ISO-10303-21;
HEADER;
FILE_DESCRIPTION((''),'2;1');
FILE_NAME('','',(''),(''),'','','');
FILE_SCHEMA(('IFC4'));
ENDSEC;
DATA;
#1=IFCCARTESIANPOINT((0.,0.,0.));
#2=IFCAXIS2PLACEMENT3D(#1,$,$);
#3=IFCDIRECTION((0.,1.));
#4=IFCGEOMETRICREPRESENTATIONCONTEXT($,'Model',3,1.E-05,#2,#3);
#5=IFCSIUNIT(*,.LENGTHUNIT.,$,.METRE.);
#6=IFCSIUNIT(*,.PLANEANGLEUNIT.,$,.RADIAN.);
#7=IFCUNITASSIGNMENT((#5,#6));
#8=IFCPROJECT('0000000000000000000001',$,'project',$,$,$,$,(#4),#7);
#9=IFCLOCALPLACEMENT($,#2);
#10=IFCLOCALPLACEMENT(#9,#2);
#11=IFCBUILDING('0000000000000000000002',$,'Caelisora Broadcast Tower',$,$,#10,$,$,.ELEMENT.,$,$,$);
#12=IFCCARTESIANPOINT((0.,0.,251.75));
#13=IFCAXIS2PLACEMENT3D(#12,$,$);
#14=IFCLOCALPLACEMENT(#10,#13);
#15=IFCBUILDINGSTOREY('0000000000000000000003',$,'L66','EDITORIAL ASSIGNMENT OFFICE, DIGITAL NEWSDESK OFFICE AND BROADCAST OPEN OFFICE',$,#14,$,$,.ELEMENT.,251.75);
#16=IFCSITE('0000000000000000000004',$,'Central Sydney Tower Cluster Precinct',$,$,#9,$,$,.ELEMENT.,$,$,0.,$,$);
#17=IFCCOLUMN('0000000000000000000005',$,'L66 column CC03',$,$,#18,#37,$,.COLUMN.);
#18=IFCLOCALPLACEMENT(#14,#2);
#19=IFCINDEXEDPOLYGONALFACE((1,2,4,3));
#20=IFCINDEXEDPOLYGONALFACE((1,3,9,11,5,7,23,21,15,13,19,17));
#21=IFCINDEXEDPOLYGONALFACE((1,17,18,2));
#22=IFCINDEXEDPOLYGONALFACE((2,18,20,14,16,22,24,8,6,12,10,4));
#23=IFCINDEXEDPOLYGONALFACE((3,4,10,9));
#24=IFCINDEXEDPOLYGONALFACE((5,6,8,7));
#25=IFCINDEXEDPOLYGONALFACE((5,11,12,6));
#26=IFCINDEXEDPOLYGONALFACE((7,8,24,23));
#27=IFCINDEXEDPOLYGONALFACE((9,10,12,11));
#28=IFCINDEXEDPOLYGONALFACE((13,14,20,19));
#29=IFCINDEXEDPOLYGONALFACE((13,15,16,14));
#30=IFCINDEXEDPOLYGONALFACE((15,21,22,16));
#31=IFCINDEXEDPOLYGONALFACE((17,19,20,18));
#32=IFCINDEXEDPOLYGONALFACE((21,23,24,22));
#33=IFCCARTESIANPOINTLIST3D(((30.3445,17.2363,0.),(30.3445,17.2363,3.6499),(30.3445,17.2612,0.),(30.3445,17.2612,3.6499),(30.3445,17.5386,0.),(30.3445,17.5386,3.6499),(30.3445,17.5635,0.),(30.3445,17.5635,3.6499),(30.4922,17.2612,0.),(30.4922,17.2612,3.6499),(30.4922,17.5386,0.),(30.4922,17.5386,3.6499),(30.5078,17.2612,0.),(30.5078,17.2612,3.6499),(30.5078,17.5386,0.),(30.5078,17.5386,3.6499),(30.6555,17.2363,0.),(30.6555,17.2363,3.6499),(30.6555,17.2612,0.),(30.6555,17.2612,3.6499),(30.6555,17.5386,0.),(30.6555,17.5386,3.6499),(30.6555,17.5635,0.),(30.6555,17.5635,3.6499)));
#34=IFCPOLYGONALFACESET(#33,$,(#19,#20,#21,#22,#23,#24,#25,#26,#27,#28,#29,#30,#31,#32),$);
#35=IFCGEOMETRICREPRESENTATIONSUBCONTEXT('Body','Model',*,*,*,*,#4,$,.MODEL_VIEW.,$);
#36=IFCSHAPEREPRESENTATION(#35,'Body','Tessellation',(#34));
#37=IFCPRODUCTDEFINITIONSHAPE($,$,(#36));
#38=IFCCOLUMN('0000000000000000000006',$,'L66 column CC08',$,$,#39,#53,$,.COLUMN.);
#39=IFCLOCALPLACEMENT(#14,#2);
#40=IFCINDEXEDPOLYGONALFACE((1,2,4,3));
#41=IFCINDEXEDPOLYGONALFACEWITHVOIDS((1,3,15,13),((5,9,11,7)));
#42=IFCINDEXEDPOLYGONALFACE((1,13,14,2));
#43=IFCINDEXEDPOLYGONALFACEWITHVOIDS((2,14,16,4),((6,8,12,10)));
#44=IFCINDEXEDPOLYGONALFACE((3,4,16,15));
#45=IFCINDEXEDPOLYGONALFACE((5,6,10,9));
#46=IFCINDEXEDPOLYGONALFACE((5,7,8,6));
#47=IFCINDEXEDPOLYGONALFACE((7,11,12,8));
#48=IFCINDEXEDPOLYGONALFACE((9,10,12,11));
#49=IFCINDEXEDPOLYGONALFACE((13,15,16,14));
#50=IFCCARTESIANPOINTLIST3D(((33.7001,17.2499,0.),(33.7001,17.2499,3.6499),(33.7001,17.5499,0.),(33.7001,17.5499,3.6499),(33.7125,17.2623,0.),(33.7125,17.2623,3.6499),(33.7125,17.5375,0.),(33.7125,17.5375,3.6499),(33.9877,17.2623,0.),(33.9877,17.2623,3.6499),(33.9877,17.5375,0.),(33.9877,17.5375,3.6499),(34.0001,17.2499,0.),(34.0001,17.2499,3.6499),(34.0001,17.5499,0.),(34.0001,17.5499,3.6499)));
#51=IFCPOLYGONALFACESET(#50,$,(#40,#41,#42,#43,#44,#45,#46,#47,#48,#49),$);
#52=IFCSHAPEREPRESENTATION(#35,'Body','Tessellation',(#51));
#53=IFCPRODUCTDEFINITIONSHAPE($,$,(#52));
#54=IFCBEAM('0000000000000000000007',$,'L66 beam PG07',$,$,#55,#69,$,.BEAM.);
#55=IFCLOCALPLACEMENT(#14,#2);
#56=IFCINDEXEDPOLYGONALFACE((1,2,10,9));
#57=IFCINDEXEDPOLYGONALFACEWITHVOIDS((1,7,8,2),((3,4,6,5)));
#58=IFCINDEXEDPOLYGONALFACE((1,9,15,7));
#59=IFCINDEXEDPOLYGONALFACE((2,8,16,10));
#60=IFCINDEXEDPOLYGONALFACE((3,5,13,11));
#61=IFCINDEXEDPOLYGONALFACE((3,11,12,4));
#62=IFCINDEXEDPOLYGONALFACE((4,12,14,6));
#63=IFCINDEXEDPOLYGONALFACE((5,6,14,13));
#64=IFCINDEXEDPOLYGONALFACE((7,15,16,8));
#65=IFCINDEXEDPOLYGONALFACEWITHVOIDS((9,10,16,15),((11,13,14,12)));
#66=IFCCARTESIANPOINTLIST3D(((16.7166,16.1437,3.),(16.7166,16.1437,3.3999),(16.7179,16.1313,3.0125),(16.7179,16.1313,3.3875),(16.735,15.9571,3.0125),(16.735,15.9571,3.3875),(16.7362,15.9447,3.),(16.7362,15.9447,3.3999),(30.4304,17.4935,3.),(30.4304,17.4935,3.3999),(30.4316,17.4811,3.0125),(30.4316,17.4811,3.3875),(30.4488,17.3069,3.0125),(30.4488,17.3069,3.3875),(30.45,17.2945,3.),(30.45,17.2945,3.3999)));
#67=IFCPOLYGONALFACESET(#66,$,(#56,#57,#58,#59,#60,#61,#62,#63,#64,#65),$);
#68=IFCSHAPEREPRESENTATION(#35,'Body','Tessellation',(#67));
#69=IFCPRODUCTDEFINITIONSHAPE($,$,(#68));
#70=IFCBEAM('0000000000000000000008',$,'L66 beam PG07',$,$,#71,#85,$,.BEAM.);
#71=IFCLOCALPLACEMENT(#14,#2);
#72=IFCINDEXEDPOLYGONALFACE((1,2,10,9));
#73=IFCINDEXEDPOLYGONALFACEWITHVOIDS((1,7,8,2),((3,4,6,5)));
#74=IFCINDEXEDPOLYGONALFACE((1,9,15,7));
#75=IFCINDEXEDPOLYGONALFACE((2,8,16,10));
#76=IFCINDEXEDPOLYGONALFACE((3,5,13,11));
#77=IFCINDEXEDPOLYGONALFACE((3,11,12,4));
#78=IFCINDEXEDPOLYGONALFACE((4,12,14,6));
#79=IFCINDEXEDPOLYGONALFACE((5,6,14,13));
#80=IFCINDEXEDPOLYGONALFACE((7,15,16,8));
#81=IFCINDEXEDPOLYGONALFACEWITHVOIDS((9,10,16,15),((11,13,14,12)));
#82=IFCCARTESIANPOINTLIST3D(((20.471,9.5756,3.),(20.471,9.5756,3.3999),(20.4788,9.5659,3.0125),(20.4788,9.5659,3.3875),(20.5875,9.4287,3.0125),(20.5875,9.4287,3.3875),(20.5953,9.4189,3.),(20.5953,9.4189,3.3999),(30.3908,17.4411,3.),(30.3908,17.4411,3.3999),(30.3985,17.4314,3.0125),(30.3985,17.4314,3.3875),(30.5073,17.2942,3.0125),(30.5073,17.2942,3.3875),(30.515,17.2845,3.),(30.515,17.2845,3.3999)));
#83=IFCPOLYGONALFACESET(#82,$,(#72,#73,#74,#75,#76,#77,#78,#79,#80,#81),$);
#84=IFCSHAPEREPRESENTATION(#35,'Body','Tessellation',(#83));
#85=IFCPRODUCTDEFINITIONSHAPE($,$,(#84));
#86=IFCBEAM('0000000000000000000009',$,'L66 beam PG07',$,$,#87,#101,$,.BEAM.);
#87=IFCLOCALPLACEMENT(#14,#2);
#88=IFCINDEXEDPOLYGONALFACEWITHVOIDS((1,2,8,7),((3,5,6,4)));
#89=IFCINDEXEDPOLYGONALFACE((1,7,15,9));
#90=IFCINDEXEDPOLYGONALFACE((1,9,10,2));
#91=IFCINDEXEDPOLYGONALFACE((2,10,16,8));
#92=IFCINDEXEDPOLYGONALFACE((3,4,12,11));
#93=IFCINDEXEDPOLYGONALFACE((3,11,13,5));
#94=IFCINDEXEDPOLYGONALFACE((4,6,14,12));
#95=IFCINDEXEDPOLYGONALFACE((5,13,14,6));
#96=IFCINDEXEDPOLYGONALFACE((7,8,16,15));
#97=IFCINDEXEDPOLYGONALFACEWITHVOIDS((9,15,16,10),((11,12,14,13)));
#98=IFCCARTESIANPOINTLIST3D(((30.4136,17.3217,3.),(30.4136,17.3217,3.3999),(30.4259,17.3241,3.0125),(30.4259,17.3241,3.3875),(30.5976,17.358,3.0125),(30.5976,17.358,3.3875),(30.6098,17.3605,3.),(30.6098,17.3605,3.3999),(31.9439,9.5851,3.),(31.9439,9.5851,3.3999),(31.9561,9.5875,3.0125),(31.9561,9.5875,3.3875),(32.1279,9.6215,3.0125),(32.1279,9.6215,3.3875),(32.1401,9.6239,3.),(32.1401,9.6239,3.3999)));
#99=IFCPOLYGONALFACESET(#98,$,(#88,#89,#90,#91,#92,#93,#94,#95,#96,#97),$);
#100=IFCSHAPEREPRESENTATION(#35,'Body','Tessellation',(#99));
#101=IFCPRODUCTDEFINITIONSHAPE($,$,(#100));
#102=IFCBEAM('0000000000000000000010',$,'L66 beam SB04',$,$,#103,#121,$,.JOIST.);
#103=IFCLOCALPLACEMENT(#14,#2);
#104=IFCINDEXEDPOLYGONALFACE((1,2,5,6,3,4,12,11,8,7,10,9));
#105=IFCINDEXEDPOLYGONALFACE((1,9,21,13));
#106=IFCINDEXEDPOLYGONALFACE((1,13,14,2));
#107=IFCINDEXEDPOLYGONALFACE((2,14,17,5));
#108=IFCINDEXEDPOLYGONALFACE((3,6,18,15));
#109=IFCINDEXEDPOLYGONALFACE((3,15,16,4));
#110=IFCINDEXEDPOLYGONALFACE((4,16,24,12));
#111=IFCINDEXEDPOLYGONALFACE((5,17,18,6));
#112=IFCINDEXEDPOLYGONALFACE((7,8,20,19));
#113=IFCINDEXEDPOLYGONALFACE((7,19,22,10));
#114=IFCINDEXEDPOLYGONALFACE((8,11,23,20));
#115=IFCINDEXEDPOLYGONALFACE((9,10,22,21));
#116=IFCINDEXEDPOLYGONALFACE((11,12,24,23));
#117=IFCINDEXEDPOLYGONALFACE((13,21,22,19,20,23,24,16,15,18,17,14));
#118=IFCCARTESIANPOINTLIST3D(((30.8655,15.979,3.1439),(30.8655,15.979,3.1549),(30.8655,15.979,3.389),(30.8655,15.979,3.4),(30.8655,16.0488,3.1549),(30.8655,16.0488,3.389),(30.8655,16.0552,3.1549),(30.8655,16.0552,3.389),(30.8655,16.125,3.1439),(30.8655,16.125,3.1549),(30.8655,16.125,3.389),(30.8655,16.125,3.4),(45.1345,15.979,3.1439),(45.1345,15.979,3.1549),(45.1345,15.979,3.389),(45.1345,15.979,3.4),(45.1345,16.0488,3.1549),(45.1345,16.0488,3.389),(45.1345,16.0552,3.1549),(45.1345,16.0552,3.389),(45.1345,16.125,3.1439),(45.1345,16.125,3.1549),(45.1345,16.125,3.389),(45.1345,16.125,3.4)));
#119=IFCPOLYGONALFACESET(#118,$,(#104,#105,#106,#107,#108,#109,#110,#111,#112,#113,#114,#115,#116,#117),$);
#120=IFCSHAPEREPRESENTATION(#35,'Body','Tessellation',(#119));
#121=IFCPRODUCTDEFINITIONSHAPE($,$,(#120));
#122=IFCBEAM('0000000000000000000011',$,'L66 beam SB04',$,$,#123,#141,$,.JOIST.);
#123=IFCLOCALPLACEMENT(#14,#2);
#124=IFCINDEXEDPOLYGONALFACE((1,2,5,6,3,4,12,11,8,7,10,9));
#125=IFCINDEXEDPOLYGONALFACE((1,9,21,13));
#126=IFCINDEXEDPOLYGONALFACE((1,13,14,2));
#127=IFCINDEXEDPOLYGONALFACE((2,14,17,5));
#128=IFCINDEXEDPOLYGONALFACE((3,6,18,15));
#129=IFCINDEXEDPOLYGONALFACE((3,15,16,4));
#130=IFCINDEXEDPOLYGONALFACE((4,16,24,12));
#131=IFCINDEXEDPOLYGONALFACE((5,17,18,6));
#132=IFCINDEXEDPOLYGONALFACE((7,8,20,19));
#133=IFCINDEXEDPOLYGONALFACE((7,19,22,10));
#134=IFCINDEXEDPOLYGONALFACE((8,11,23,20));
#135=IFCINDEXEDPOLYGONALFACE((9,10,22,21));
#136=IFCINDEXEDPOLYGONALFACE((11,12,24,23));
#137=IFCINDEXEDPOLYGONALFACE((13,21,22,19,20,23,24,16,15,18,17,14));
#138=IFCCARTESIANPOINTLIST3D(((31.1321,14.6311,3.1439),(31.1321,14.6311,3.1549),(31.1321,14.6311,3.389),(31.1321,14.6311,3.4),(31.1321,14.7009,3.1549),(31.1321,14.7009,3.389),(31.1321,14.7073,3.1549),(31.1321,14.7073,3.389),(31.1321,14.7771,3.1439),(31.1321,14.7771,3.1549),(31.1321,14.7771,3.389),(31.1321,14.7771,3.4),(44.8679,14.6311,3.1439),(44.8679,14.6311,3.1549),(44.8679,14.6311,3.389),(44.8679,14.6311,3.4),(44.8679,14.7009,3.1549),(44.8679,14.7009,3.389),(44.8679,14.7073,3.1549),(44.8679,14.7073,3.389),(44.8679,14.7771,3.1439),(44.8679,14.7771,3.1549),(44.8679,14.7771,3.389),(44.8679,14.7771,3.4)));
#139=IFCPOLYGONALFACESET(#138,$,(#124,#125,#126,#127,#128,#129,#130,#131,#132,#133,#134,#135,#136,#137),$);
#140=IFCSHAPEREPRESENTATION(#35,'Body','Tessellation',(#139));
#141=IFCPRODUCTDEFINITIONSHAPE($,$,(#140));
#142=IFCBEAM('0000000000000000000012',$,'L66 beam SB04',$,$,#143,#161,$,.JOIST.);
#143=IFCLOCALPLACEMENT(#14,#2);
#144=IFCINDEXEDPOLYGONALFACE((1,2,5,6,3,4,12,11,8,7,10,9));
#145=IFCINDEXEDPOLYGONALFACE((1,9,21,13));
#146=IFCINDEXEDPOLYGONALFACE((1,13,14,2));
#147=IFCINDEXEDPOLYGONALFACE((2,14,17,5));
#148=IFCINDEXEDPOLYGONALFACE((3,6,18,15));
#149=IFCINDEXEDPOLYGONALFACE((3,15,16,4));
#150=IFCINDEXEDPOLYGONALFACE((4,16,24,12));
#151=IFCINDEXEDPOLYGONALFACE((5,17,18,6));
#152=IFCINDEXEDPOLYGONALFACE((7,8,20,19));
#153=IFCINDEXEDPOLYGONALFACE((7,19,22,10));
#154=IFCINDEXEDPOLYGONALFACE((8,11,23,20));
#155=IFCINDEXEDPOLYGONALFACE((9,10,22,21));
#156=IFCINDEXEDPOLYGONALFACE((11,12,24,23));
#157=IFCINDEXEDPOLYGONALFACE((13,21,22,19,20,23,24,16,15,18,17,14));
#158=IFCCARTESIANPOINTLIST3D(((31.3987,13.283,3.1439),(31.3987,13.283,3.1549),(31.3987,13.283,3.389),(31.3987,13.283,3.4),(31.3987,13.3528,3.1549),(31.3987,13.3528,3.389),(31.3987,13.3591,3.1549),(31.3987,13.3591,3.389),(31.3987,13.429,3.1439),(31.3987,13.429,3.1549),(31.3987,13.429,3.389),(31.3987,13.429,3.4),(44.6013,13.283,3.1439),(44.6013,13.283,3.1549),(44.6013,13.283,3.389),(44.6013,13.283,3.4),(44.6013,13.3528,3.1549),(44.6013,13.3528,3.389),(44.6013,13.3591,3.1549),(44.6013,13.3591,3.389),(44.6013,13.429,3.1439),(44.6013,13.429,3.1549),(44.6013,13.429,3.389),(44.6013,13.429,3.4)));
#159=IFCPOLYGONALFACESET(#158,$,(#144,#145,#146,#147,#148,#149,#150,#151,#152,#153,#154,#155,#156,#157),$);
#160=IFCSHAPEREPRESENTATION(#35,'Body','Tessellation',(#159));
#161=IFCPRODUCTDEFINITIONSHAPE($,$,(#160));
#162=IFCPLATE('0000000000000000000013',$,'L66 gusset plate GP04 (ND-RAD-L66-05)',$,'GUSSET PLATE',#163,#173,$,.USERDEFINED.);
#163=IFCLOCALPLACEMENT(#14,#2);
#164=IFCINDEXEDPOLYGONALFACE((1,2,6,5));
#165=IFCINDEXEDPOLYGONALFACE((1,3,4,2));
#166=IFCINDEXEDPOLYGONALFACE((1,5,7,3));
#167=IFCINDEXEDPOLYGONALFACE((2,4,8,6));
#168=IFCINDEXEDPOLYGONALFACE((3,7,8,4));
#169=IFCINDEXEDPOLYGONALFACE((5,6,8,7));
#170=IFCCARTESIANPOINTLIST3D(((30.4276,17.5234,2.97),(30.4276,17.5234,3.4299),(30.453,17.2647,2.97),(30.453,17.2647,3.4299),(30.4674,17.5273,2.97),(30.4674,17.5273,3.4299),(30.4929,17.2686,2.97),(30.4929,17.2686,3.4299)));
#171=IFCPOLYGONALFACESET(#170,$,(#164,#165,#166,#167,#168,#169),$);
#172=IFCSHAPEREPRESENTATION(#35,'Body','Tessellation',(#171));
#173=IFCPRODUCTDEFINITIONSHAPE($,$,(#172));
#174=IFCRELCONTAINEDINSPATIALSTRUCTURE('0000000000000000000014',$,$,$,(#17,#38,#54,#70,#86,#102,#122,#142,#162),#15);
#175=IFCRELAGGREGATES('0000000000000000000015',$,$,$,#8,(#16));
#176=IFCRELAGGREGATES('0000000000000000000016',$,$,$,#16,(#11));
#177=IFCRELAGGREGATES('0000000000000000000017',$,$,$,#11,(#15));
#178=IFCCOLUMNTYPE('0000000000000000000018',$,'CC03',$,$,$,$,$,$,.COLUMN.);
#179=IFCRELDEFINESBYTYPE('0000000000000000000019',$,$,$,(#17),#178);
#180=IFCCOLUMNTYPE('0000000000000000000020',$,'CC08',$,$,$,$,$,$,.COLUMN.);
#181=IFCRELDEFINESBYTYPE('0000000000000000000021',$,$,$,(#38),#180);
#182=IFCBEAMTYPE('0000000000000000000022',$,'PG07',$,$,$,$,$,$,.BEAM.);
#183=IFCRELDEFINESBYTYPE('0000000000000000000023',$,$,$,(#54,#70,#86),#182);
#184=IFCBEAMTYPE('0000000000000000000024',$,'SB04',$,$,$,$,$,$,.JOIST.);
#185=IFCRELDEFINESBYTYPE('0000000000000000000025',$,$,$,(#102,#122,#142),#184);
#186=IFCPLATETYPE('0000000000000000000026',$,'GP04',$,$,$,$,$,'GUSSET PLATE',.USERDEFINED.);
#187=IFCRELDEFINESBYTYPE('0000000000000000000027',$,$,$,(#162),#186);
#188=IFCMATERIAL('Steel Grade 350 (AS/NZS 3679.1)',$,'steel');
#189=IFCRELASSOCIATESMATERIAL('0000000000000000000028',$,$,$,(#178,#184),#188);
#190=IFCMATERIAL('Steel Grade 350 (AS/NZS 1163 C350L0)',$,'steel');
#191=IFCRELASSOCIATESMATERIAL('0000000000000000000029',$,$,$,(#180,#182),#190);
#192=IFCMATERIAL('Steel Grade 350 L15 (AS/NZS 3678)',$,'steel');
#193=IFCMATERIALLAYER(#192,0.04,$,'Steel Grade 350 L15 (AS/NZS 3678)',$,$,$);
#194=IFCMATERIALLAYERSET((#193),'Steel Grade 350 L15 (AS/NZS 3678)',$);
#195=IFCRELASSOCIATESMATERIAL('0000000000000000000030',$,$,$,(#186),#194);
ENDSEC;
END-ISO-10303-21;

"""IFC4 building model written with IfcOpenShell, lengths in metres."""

from ifc_helpers import new_model, si_unit, direction, frame, origin, origin_2d, place, context, subcontext, project, spatial, rectangle, hollow_rectangle, i_section, extrude, source, transform, mapped, material, layer, layer_set, material_profile, profile_set, type_object, type_shapes, element, save


model = new_model("IFC4")

# Units and contexts
model_context = context("Model", 3, precision=1e-05, world=origin(), true_north=direction((0.0, 1.0)))
body_context = subcontext(model_context, "Body", "Model", "MODEL_VIEW")
ifc_project = project(units=[si_unit("LENGTHUNIT", "METRE"), si_unit("PLANEANGLEUNIT", "RADIAN")], contexts=[model_context])

# Site, building, storey
site_placement = place(None, origin())
site = spatial("IfcSite", under=ifc_project, at=site_placement, Name="Central Sydney Tower Cluster Precinct", CompositionType="ELEMENT", RefElevation=0.0)
building_placement = place(site_placement, origin())
building = spatial("IfcBuilding", under=site, at=building_placement, Name="Caelisora Broadcast Tower", CompositionType="ELEMENT")
storey_placement = place(building_placement, frame((0.0, 0.0, 251.75)))
storey = spatial("IfcBuildingStorey", under=building, at=storey_placement, Name="L66", Description="EDITORIAL ASSIGNMENT OFFICE, DIGITAL NEWSDESK OFFICE AND BROADCAST OPEN OFFICE", CompositionType="ELEMENT", Elevation=251.75)

# Columns
ifc_material_1 = material(Name="Steel Grade 350 (AS/NZS 3679.1)", Category="steel")
ifc_material_profile_1 = material_profile(ifc_material_1, i_section(OverallWidth=0.311, OverallDepth=0.3271, WebThickness=0.0156, FlangeThickness=0.0249, at=origin_2d()), Name="Steel Grade 350 (AS/NZS 3679.1)")
ifc_profile_set_1 = profile_set([ifc_material_profile_1], Name="Steel Grade 350 (AS/NZS 3679.1)")
column_type_1 = type_object("IfcColumnType", Name="CC03", PredefinedType="COLUMN", material=ifc_profile_set_1)
shared_shape_1 = source(origin(), body_context, "Body", "SweptSolid", [
    extrude(i_section(OverallWidth=0.311, OverallDepth=0.3271, WebThickness=0.0156, FlangeThickness=0.0249, at=origin_2d()), origin(), (0.0, 0.0, 1.0), 3.6499),
])
type_shapes(column_type_1, [shared_shape_1])
column_1_placement = place(storey_placement, frame((30.5, 17.3999, 0.0), z_axis=(0.0, 0.0, 1.0), x_axis=(1.0, 0.0, 0.0)))
element("IfcColumn", 1, at=column_1_placement, inside=storey, type_object=column_type_1, Name="L66 column CC03", PredefinedType="COLUMN", context=body_context, shape_type="MappedRepresentation", body=[
    mapped(shared_shape_1, transform((0.0, 0.0, 0.0), scale=1.0)),
])
ifc_material_2 = material(Name="Steel Grade 350 (AS/NZS 1163 C350L0)", Category="steel")
ifc_material_profile_2 = material_profile(ifc_material_2, hollow_rectangle(XDim=0.3, YDim=0.3, WallThickness=0.0125, at=origin_2d()), Name="Steel Grade 350 (AS/NZS 1163 C350L0)")
ifc_profile_set_2 = profile_set([ifc_material_profile_2], Name="Steel Grade 350 (AS/NZS 1163 C350L0)")
column_type_2 = type_object("IfcColumnType", Name="CC08", PredefinedType="COLUMN", material=ifc_profile_set_2)
shared_shape_2 = source(origin(), body_context, "Body", "SweptSolid", [
    extrude(hollow_rectangle(XDim=0.3, YDim=0.3, WallThickness=0.0125, at=origin_2d()), origin(), (0.0, 0.0, 1.0), 3.6499),
])
type_shapes(column_type_2, [shared_shape_2])
column_2_placement = place(storey_placement, frame((33.8501, 17.3999, 0.0), z_axis=(0.0, 0.0, 1.0), x_axis=(1.0, 0.0, 0.0)))
element("IfcColumn", 2, at=column_2_placement, inside=storey, type_object=column_type_2, Name="L66 column CC08", PredefinedType="COLUMN", context=body_context, shape_type="MappedRepresentation", body=[
    mapped(shared_shape_2, transform((0.0, 0.0, 0.0), scale=1.0)),
])

# Beams
ifc_material_profile_3 = material_profile(ifc_material_2, hollow_rectangle(XDim=0.2, YDim=0.3999, WallThickness=0.0125, at=origin_2d()), Name="Steel Grade 350 (AS/NZS 1163 C350L0)")
ifc_profile_set_3 = profile_set([ifc_material_profile_3], Name="Steel Grade 350 (AS/NZS 1163 C350L0)")
beam_type_1 = type_object("IfcBeamType", Name="PG07", PredefinedType="BEAM", material=ifc_profile_set_3)
shared_shape_3 = source(origin(), body_context, "Body", "SweptSolid", [
    extrude(hollow_rectangle(XDim=0.2, YDim=0.3999, WallThickness=0.0125, at=origin_2d()), origin(), (0.0, 0.0, 1.0), 13.78),
])
beam_1_placement = place(storey_placement, frame((30.4402, 17.394, 3.2), z_axis=(-0.995191, -0.097956, 0.0), x_axis=(0.097956, -0.995191, 0.0)))
element("IfcBeam", 3, at=beam_1_placement, inside=storey, type_object=beam_type_1, Name="L66 beam PG07", PredefinedType="BEAM", context=body_context, shape_type="MappedRepresentation", body=[
    mapped(shared_shape_3, transform((0.0, 0.0, 0.0), scale=1.0)),
])
shared_shape_4 = source(origin(), body_context, "Body", "SweptSolid", [
    extrude(hollow_rectangle(XDim=0.2, YDim=0.3999, WallThickness=0.0125, at=origin_2d()), origin(), (0.0, 0.0, 1.0), 12.6597),
])
beam_2_placement = place(storey_placement, frame((30.4529, 17.3628, 3.2), z_axis=(-0.783569, -0.621305, 0.0), x_axis=(0.621305, -0.783569, 0.0)))
element("IfcBeam", 4, at=beam_2_placement, inside=storey, type_object=beam_type_1, Name="L66 beam PG07", PredefinedType="BEAM", context=body_context, shape_type="MappedRepresentation", body=[
    mapped(shared_shape_4, transform((0.0, 0.0, 0.0), scale=1.0)),
])
shared_shape_5 = source(origin(), body_context, "Body", "SweptSolid", [
    extrude(hollow_rectangle(XDim=0.2, YDim=0.3999, WallThickness=0.0125, at=origin_2d()), origin(), (0.0, 0.0, 1.0), 7.8865),
])
type_shapes(beam_type_1, [shared_shape_3, shared_shape_4, shared_shape_5])
beam_3_placement = place(storey_placement, frame((30.5117, 17.3411, 3.2), z_axis=(0.194038, -0.980994, 0.0), x_axis=(0.980994, 0.194038, 0.0)))
element("IfcBeam", 5, at=beam_3_placement, inside=storey, type_object=beam_type_1, Name="L66 beam PG07", PredefinedType="BEAM", context=body_context, shape_type="MappedRepresentation", body=[
    mapped(shared_shape_5, transform((0.0, 0.0, 0.0), scale=1.0)),
])
ifc_material_profile_4 = material_profile(ifc_material_1, i_section(OverallWidth=0.146, OverallDepth=0.2561, WebThickness=0.0063, FlangeThickness=0.011, at=origin_2d()), Name="Steel Grade 350 (AS/NZS 3679.1)")
ifc_profile_set_4 = profile_set([ifc_material_profile_4], Name="Steel Grade 350 (AS/NZS 3679.1)")
beam_type_2 = type_object("IfcBeamType", Name="SB04", PredefinedType="JOIST", material=ifc_profile_set_4)
shared_shape_6 = source(origin(), body_context, "Body", "SweptSolid", [
    extrude(i_section(OverallWidth=0.146, OverallDepth=0.2561, WebThickness=0.0063, FlangeThickness=0.011, at=origin_2d()), origin(), (0.0, 0.0, 1.0), 14.269),
])
beam_4_placement = place(storey_placement, frame((30.8655, 16.052, 3.272), z_axis=(1.0, 0.0, 0.0), x_axis=(0.0, 1.0, 0.0)))
element("IfcBeam", 6, at=beam_4_placement, inside=storey, type_object=beam_type_2, Name="L66 beam SB04", PredefinedType="JOIST", context=body_context, shape_type="MappedRepresentation", body=[
    mapped(shared_shape_6, transform((0.0, 0.0, 0.0), scale=1.0)),
])
shared_shape_7 = source(origin(), body_context, "Body", "SweptSolid", [
    extrude(i_section(OverallWidth=0.146, OverallDepth=0.2561, WebThickness=0.0063, FlangeThickness=0.011, at=origin_2d()), origin(), (0.0, 0.0, 1.0), 13.7358),
])
beam_5_placement = place(storey_placement, frame((31.1321, 14.7041, 3.272), z_axis=(1.0, 0.0, 0.0), x_axis=(0.0, 1.0, 0.0)))
element("IfcBeam", 7, at=beam_5_placement, inside=storey, type_object=beam_type_2, Name="L66 beam SB04", PredefinedType="JOIST", context=body_context, shape_type="MappedRepresentation", body=[
    mapped(shared_shape_7, transform((0.0, 0.0, 0.0), scale=1.0)),
])
shared_shape_8 = source(origin(), body_context, "Body", "SweptSolid", [
    extrude(i_section(OverallWidth=0.146, OverallDepth=0.2561, WebThickness=0.0063, FlangeThickness=0.011, at=origin_2d()), origin(), (0.0, 0.0, 1.0), 13.2026),
])
type_shapes(beam_type_2, [shared_shape_6, shared_shape_7, shared_shape_8])
beam_6_placement = place(storey_placement, frame((31.3987, 13.356, 3.272), z_axis=(1.0, 0.0, 0.0), x_axis=(0.0, 1.0, 0.0)))
element("IfcBeam", 8, at=beam_6_placement, inside=storey, type_object=beam_type_2, Name="L66 beam SB04", PredefinedType="JOIST", context=body_context, shape_type="MappedRepresentation", body=[
    mapped(shared_shape_8, transform((0.0, 0.0, 0.0), scale=1.0)),
])

# Plate
ifc_material_3 = material(Name="Steel Grade 350 L15 (AS/NZS 3678)", Category="steel")
ifc_layer_1 = layer(ifc_material_3, 0.04, Name="Steel Grade 350 L15 (AS/NZS 3678)")
ifc_layer_set_1 = layer_set([ifc_layer_1], Name="Steel Grade 350 L15 (AS/NZS 3678)")
plate_type = type_object("IfcPlateType", Name="GP04", ElementType="GUSSET PLATE", PredefinedType="USERDEFINED", material=ifc_layer_set_1)
shared_shape_9 = source(origin(), body_context, "Body", "SweptSolid", [
    extrude(rectangle(XDim=0.26, YDim=0.04, at=origin_2d()), origin(), (0.0, 0.0, 1.0), 0.46),
])
type_shapes(plate_type, [shared_shape_9])
for number, where, z_axis, x_axis, name in (
    (9, (30.4602, 17.396, 2.97), (0.0, 0.0, 1.0), (0.09793, -0.995193, 0.0), "L66 gusset plate GP04 (ND-RAD-L66-05)"),
):
    element("IfcPlate", number, at=place(storey_placement, frame(where, z_axis=z_axis, x_axis=x_axis)), inside=storey, type_object=plate_type, Name=name, ObjectType="GUSSET PLATE", PredefinedType="USERDEFINED", context=body_context, shape_type="MappedRepresentation", body=[
        mapped(shared_shape_9, transform((0.0, 0.0, 0.0), scale=1.0)),
    ])

save(model, "model.ifc")
